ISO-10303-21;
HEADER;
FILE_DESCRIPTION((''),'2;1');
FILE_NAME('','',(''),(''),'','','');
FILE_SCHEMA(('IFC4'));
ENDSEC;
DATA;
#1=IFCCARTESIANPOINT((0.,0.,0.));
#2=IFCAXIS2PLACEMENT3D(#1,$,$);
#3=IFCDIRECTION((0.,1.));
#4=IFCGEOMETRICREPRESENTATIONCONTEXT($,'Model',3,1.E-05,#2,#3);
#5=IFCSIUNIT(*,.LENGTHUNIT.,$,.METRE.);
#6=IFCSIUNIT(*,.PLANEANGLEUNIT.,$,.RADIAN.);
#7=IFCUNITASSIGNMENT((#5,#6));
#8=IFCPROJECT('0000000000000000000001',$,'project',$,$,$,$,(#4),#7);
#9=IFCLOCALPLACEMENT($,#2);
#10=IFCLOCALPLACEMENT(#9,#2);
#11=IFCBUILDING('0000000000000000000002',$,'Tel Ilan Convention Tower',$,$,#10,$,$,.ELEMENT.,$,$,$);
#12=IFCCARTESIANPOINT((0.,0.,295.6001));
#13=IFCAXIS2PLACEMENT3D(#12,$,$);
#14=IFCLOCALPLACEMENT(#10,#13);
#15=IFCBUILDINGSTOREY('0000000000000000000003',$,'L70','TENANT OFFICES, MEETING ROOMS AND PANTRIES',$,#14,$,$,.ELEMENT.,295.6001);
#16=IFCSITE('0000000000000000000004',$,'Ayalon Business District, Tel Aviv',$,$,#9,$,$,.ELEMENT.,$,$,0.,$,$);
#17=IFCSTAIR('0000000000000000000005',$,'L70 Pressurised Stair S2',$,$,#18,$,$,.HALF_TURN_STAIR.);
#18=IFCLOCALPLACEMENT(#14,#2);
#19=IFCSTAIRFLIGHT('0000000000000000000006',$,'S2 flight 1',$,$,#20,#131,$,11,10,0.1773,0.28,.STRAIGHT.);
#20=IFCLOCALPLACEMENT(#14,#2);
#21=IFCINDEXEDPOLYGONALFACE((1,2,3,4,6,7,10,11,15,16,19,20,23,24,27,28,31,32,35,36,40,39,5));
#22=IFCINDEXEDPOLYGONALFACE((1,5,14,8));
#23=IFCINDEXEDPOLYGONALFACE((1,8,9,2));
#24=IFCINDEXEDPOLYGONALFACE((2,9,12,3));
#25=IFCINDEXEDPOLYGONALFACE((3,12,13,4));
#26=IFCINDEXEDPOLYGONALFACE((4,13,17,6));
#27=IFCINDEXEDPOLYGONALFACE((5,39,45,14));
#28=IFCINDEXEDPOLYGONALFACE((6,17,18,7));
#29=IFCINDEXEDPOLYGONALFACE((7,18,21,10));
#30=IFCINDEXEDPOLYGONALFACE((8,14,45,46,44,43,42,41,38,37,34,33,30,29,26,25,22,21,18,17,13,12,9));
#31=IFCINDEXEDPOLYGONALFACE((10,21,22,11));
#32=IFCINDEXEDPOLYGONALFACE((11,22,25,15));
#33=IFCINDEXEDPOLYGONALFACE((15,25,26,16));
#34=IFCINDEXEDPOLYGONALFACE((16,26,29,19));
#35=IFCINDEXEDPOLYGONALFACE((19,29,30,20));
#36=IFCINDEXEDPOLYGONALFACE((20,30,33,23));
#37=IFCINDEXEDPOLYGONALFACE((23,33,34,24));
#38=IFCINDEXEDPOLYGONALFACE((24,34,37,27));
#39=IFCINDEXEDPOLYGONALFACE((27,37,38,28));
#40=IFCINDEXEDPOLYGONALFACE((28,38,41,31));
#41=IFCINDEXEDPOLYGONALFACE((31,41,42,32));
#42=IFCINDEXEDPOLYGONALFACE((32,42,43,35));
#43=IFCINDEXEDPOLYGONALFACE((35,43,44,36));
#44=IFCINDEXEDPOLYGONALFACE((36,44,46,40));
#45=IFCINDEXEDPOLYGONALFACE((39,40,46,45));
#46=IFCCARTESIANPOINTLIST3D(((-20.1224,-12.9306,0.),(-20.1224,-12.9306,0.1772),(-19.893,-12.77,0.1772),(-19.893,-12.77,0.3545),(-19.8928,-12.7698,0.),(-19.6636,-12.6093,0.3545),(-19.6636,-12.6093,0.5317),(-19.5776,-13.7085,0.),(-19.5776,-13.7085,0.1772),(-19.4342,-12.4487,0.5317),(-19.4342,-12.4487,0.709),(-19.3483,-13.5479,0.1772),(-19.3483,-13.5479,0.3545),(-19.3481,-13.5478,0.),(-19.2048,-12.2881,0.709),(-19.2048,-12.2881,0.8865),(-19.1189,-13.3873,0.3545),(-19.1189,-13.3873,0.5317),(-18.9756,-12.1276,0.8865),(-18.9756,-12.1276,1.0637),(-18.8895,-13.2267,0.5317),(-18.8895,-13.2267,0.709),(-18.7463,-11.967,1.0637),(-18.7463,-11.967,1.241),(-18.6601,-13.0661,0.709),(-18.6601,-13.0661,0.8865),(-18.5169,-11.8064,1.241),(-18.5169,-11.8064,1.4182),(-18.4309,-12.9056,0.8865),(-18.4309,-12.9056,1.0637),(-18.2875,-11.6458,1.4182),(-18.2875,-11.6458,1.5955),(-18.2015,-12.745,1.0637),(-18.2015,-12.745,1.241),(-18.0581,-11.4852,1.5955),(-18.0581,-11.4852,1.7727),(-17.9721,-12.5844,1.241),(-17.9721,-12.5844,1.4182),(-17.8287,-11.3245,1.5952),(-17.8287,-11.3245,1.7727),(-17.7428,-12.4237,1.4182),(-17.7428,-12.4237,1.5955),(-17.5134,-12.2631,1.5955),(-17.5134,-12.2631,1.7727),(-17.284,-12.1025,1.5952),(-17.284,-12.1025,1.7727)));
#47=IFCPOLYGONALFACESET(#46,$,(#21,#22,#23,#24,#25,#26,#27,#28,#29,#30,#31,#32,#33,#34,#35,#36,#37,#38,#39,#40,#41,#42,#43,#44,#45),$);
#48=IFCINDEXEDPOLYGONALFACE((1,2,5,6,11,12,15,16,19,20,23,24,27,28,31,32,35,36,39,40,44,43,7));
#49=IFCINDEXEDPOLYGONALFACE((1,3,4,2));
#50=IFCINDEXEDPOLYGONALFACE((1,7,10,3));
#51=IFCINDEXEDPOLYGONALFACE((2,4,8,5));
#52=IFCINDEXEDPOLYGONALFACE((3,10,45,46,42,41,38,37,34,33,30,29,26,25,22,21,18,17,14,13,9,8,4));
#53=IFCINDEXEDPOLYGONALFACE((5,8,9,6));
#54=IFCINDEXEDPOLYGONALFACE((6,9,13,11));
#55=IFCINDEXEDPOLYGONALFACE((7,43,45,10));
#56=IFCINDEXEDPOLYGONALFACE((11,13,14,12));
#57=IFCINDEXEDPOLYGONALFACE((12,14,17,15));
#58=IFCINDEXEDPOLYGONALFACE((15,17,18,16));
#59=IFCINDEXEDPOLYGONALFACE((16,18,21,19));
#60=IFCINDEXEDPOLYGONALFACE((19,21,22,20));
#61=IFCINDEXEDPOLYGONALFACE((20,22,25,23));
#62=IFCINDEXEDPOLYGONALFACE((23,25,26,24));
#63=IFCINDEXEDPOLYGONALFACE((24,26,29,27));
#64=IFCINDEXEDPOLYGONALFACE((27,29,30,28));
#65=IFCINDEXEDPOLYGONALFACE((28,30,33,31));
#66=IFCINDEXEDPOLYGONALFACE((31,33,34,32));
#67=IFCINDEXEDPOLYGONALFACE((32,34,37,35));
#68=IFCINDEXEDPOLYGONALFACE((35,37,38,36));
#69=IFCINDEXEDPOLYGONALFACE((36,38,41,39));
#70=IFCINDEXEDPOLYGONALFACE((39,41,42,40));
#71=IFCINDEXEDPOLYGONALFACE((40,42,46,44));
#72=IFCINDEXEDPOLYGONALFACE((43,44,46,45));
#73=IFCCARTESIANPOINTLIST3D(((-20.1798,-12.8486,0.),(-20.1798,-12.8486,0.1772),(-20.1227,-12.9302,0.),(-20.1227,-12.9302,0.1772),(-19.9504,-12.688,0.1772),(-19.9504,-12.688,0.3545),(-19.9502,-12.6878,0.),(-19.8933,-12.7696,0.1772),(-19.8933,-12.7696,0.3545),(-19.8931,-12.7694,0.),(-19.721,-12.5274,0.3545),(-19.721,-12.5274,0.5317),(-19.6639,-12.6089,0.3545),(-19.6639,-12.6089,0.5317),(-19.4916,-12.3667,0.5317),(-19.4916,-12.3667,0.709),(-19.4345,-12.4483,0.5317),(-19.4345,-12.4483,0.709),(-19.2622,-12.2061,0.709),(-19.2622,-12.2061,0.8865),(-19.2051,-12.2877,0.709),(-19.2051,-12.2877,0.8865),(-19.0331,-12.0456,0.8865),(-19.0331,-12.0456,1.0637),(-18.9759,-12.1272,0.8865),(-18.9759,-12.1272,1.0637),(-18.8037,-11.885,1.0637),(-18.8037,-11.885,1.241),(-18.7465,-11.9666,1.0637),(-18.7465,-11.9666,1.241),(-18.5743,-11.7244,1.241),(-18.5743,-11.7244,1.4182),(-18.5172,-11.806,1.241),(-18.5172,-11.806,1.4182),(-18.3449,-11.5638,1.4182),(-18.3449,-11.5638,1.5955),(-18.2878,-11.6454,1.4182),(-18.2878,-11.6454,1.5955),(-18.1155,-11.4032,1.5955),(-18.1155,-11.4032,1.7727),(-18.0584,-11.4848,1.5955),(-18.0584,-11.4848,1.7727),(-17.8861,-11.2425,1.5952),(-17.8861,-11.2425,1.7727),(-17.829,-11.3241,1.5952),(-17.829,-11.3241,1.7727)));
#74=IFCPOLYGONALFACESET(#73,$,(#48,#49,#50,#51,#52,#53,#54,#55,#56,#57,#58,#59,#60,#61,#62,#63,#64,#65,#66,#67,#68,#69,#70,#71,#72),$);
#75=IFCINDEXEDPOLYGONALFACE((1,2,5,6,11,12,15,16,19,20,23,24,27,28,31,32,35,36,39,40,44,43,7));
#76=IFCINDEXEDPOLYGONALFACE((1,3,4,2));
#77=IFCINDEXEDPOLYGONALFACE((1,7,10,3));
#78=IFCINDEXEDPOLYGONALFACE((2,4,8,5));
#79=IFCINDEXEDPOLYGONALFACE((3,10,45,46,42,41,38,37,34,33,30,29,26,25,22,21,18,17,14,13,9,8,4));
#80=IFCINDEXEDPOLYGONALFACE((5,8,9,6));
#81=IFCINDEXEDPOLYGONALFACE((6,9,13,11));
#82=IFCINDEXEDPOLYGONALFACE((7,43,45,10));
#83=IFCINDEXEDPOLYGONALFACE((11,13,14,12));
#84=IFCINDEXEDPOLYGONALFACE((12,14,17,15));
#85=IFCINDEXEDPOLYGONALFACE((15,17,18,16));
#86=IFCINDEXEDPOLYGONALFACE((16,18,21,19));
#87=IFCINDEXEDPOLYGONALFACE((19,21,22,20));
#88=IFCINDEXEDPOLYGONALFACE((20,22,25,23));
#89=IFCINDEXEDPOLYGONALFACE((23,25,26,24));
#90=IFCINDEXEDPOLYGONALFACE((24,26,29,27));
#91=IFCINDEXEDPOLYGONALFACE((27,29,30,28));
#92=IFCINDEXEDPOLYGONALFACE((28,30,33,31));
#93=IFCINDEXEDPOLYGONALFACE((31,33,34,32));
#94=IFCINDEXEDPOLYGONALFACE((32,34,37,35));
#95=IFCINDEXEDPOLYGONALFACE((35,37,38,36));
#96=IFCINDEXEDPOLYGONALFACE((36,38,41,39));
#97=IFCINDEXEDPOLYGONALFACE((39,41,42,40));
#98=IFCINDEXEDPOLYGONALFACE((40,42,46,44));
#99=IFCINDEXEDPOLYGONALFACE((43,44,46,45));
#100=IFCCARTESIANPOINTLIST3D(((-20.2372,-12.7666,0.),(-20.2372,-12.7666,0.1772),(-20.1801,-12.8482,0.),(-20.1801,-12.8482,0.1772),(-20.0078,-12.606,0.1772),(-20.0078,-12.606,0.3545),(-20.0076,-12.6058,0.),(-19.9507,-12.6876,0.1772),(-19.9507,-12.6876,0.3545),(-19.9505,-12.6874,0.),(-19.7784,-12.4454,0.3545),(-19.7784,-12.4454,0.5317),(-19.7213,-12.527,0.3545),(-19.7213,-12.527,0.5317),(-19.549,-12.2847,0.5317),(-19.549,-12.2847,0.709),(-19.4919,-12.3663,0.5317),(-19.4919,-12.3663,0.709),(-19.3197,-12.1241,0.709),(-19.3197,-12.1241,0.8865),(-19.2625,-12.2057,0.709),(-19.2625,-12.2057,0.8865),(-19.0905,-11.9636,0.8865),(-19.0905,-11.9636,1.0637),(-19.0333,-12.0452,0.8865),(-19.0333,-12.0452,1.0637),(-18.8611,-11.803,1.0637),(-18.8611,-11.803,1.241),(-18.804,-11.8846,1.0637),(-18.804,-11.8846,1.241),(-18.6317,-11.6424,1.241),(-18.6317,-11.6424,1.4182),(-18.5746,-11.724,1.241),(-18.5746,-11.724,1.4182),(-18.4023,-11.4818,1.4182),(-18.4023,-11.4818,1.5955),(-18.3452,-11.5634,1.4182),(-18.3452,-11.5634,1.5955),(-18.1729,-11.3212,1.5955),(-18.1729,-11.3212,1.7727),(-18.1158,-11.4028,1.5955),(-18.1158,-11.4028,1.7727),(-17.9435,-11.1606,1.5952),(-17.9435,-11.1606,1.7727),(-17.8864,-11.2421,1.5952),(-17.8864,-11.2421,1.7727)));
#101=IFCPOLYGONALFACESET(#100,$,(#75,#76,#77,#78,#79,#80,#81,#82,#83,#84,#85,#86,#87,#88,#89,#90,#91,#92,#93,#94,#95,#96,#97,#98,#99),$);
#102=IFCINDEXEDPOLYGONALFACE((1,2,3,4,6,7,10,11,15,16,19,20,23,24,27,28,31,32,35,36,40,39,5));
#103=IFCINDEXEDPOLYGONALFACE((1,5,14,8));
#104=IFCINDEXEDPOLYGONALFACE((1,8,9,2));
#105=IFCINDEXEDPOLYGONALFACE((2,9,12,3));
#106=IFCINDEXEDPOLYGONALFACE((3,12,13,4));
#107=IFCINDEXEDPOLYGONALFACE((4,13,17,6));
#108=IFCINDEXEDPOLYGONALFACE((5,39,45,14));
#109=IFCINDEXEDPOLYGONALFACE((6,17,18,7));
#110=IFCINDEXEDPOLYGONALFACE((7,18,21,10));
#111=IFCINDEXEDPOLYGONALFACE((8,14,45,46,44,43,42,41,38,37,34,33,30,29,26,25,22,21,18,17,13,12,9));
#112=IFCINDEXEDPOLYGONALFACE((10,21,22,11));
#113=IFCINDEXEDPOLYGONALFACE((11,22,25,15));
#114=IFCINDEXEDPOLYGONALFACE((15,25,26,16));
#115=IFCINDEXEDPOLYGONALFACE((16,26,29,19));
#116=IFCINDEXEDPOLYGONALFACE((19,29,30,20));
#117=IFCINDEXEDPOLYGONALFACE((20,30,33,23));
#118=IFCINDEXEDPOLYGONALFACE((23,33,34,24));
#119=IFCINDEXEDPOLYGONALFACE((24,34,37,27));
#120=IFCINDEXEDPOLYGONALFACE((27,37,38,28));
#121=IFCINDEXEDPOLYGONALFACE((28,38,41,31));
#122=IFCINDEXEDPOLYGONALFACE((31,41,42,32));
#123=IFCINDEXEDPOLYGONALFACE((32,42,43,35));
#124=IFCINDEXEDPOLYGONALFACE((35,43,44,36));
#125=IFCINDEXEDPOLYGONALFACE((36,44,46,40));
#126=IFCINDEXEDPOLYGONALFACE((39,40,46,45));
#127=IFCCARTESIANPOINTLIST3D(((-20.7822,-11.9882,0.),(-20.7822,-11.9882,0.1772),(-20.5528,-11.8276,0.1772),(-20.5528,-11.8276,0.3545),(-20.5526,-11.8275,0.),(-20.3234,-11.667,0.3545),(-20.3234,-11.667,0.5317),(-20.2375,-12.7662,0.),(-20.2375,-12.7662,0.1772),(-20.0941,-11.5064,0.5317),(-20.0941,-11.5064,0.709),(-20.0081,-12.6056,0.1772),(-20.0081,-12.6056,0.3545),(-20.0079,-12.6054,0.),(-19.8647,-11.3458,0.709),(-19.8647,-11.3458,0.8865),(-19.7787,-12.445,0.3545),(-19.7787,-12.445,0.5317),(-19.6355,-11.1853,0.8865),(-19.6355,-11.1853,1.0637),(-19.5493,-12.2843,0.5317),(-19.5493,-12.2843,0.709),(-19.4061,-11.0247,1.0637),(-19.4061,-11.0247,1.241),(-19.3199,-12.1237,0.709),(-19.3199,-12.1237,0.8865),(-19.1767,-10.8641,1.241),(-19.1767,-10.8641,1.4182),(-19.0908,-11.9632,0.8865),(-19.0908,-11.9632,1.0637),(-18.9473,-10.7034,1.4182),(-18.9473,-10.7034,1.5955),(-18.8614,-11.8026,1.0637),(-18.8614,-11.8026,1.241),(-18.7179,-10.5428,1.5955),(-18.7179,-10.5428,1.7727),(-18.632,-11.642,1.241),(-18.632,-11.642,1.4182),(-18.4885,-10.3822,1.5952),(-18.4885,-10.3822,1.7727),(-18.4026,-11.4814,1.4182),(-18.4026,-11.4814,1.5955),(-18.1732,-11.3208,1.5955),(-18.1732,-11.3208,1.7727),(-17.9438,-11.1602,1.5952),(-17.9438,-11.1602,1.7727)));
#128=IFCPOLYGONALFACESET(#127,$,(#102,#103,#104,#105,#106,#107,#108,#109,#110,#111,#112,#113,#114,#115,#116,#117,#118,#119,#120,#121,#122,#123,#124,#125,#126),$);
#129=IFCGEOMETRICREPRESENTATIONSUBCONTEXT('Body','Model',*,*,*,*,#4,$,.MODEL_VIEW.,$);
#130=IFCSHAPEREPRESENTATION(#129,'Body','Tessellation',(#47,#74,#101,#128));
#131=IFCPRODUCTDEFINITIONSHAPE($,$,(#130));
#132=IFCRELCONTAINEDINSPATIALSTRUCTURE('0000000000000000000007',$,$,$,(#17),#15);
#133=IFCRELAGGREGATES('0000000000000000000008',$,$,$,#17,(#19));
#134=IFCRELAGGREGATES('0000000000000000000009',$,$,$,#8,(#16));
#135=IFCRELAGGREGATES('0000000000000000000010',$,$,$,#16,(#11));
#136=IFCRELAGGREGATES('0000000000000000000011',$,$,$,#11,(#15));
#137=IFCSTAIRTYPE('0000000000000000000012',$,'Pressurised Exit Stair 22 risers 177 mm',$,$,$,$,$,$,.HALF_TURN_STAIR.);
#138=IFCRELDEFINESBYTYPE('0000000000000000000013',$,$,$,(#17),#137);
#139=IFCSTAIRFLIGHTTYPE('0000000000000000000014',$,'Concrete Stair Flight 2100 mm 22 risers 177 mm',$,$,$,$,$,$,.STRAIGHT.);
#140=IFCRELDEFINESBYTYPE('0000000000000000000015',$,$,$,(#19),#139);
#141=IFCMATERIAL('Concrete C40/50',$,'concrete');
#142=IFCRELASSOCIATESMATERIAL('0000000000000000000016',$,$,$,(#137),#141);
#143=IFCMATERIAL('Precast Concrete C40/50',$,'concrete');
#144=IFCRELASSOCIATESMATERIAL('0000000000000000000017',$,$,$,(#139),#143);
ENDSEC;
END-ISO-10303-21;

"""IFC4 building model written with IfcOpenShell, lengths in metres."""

from ifc_helpers import new_model, si_unit, direction, frame, origin, place, context, subcontext, project, spatial, polyline, outline, extrude, material, type_object, element, aggregate, save


model = new_model("IFC4")

# Units and contexts
model_context = context("Model", 3, precision=1e-05, world=origin(), true_north=direction((0.0, 1.0)))
body_context = subcontext(model_context, "Body", "Model", "MODEL_VIEW")
ifc_project = project(units=[si_unit("LENGTHUNIT", "METRE"), si_unit("PLANEANGLEUNIT", "RADIAN")], contexts=[model_context])

# Site, building, storey
site_placement = place(None, origin())
site = spatial("IfcSite", under=ifc_project, at=site_placement, Name="Ayalon Business District, Tel Aviv", CompositionType="ELEMENT", RefElevation=0.0)
building_placement = place(site_placement, origin())
building = spatial("IfcBuilding", under=site, at=building_placement, Name="Tel Ilan Convention Tower", CompositionType="ELEMENT")
storey_placement = place(building_placement, frame((0.0, 0.0, 295.6001)))
storey = spatial("IfcBuildingStorey", under=building, at=storey_placement, Name="L70", Description="TENANT OFFICES, MEETING ROOMS AND PANTRIES", CompositionType="ELEMENT", Elevation=295.6001)

# Shared definitions
ifc_material_1 = material(Name="Concrete C40/50", Category="concrete")
stair_type = type_object("IfcStairType", Name="Pressurised Exit Stair 22 risers 177 mm", PredefinedType="HALF_TURN_STAIR", material=ifc_material_1)
ifc_material_2 = material(Name="Precast Concrete C40/50", Category="concrete")
stair_flight_type = type_object("IfcStairFlightType", Name="Concrete Stair Flight 2100 mm 22 risers 177 mm", PredefinedType="STRAIGHT", material=ifc_material_2)

# Stair, stair flight
stair_1_placement = place(storey_placement, origin())
stair_1 = element("IfcStair", 1, at=stair_1_placement, inside=storey, type_object=stair_type, Name="L70 Pressurised Stair S2", PredefinedType="HALF_TURN_STAIR")
stair_flight_1_placement = place(storey_placement, frame((-20.1799, -12.8484, 0.0), z_axis=(0.0, 0.0, 1.0), x_axis=(0.819152, 0.573576, 0.0)))
stair_flight_1 = element("IfcStairFlight", 2, at=stair_flight_1_placement, type_object=stair_flight_type, Name="S2 flight 1", NumberOfRisers=11, NumberOfTreads=10, PredefinedType="STRAIGHT", RiserHeight=0.1773, TreadLength=0.28, context=body_context, shape_type="SweptSolid", body=[
    extrude(outline(polyline([(0.0, 0.0), (0.0, 0.1772), (0.28, 0.1772), (0.28, 0.3545), (0.5601, 0.3545), (0.5601, 0.5317), (0.8401, 0.5317), (0.8401, 0.709), (1.1201, 0.709), (1.1201, 0.8865), (1.3999, 0.8865), (1.3999, 1.0637), (1.6799, 1.0637), (1.6799, 1.241), (1.96, 1.241), (1.96, 1.4182), (2.24, 1.4182), (2.24, 1.5955), (2.52, 1.5955), (2.52, 1.7727), (2.8, 1.7727), (2.8, 1.95), (2.8, 1.5952), (0.2803, 0.0), (0.0, 0.0)])), frame((0.0, -0.1003, 0.0), z_axis=(0.0, -1.0, 0.0), x_axis=(1.0, 0.0, 0.0)), (0.0, 0.0, 1.0), 0.9497),
    extrude(outline(polyline([(0.0, 0.0), (0.0, 0.1772), (0.28, 0.1772), (0.28, 0.3545), (0.5601, 0.3545), (0.5601, 0.5317), (0.8401, 0.5317), (0.8401, 0.709), (1.1201, 0.709), (1.1201, 0.8865), (1.3999, 0.8865), (1.3999, 1.0637), (1.6799, 1.0637), (1.6799, 1.241), (1.96, 1.241), (1.96, 1.4182), (2.24, 1.4182), (2.24, 1.5955), (2.52, 1.5955), (2.52, 1.7727), (2.8, 1.7727), (2.8, 1.95), (2.8, 1.5952), (0.2803, 0.0), (0.0, 0.0)])), frame((0.0, -0.0002, 0.0), z_axis=(0.0, -1.0, 0.0), x_axis=(1.0, 0.0, 0.0)), (0.0, 0.0, 1.0), 0.0996),
    extrude(outline(polyline([(0.0, 0.0), (0.0, 0.1772), (0.28, 0.1772), (0.28, 0.3545), (0.5601, 0.3545), (0.5601, 0.5317), (0.8401, 0.5317), (0.8401, 0.709), (1.1201, 0.709), (1.1201, 0.8865), (1.3999, 0.8865), (1.3999, 1.0637), (1.6799, 1.0637), (1.6799, 1.241), (1.96, 1.241), (1.96, 1.4182), (2.24, 1.4182), (2.24, 1.5955), (2.52, 1.5955), (2.52, 1.7727), (2.8, 1.7727), (2.8, 1.95), (2.8, 1.5952), (0.2803, 0.0), (0.0, 0.0)])), frame((0.0, 0.0999, 0.0), z_axis=(0.0, -1.0, 0.0), x_axis=(1.0, 0.0, 0.0)), (0.0, 0.0, 1.0), 0.0996),
    extrude(outline(polyline([(0.0, 0.0), (0.0, 0.1772), (0.28, 0.1772), (0.28, 0.3545), (0.5601, 0.3545), (0.5601, 0.5317), (0.8401, 0.5317), (0.8401, 0.709), (1.1201, 0.709), (1.1201, 0.8865), (1.3999, 0.8865), (1.3999, 1.0637), (1.6799, 1.0637), (1.6799, 1.241), (1.96, 1.241), (1.96, 1.4182), (2.24, 1.4182), (2.24, 1.5955), (2.52, 1.5955), (2.52, 1.7727), (2.8, 1.7727), (2.8, 1.95), (2.8, 1.5952), (0.2803, 0.0), (0.0, 0.0)])), frame((0.0, 1.05, 0.0), z_axis=(0.0, -1.0, 0.0), x_axis=(1.0, 0.0, 0.0)), (0.0, 0.0, 1.0), 0.9497),
])
aggregate(stair_1, [stair_flight_1])

save(model, "model.ifc")
